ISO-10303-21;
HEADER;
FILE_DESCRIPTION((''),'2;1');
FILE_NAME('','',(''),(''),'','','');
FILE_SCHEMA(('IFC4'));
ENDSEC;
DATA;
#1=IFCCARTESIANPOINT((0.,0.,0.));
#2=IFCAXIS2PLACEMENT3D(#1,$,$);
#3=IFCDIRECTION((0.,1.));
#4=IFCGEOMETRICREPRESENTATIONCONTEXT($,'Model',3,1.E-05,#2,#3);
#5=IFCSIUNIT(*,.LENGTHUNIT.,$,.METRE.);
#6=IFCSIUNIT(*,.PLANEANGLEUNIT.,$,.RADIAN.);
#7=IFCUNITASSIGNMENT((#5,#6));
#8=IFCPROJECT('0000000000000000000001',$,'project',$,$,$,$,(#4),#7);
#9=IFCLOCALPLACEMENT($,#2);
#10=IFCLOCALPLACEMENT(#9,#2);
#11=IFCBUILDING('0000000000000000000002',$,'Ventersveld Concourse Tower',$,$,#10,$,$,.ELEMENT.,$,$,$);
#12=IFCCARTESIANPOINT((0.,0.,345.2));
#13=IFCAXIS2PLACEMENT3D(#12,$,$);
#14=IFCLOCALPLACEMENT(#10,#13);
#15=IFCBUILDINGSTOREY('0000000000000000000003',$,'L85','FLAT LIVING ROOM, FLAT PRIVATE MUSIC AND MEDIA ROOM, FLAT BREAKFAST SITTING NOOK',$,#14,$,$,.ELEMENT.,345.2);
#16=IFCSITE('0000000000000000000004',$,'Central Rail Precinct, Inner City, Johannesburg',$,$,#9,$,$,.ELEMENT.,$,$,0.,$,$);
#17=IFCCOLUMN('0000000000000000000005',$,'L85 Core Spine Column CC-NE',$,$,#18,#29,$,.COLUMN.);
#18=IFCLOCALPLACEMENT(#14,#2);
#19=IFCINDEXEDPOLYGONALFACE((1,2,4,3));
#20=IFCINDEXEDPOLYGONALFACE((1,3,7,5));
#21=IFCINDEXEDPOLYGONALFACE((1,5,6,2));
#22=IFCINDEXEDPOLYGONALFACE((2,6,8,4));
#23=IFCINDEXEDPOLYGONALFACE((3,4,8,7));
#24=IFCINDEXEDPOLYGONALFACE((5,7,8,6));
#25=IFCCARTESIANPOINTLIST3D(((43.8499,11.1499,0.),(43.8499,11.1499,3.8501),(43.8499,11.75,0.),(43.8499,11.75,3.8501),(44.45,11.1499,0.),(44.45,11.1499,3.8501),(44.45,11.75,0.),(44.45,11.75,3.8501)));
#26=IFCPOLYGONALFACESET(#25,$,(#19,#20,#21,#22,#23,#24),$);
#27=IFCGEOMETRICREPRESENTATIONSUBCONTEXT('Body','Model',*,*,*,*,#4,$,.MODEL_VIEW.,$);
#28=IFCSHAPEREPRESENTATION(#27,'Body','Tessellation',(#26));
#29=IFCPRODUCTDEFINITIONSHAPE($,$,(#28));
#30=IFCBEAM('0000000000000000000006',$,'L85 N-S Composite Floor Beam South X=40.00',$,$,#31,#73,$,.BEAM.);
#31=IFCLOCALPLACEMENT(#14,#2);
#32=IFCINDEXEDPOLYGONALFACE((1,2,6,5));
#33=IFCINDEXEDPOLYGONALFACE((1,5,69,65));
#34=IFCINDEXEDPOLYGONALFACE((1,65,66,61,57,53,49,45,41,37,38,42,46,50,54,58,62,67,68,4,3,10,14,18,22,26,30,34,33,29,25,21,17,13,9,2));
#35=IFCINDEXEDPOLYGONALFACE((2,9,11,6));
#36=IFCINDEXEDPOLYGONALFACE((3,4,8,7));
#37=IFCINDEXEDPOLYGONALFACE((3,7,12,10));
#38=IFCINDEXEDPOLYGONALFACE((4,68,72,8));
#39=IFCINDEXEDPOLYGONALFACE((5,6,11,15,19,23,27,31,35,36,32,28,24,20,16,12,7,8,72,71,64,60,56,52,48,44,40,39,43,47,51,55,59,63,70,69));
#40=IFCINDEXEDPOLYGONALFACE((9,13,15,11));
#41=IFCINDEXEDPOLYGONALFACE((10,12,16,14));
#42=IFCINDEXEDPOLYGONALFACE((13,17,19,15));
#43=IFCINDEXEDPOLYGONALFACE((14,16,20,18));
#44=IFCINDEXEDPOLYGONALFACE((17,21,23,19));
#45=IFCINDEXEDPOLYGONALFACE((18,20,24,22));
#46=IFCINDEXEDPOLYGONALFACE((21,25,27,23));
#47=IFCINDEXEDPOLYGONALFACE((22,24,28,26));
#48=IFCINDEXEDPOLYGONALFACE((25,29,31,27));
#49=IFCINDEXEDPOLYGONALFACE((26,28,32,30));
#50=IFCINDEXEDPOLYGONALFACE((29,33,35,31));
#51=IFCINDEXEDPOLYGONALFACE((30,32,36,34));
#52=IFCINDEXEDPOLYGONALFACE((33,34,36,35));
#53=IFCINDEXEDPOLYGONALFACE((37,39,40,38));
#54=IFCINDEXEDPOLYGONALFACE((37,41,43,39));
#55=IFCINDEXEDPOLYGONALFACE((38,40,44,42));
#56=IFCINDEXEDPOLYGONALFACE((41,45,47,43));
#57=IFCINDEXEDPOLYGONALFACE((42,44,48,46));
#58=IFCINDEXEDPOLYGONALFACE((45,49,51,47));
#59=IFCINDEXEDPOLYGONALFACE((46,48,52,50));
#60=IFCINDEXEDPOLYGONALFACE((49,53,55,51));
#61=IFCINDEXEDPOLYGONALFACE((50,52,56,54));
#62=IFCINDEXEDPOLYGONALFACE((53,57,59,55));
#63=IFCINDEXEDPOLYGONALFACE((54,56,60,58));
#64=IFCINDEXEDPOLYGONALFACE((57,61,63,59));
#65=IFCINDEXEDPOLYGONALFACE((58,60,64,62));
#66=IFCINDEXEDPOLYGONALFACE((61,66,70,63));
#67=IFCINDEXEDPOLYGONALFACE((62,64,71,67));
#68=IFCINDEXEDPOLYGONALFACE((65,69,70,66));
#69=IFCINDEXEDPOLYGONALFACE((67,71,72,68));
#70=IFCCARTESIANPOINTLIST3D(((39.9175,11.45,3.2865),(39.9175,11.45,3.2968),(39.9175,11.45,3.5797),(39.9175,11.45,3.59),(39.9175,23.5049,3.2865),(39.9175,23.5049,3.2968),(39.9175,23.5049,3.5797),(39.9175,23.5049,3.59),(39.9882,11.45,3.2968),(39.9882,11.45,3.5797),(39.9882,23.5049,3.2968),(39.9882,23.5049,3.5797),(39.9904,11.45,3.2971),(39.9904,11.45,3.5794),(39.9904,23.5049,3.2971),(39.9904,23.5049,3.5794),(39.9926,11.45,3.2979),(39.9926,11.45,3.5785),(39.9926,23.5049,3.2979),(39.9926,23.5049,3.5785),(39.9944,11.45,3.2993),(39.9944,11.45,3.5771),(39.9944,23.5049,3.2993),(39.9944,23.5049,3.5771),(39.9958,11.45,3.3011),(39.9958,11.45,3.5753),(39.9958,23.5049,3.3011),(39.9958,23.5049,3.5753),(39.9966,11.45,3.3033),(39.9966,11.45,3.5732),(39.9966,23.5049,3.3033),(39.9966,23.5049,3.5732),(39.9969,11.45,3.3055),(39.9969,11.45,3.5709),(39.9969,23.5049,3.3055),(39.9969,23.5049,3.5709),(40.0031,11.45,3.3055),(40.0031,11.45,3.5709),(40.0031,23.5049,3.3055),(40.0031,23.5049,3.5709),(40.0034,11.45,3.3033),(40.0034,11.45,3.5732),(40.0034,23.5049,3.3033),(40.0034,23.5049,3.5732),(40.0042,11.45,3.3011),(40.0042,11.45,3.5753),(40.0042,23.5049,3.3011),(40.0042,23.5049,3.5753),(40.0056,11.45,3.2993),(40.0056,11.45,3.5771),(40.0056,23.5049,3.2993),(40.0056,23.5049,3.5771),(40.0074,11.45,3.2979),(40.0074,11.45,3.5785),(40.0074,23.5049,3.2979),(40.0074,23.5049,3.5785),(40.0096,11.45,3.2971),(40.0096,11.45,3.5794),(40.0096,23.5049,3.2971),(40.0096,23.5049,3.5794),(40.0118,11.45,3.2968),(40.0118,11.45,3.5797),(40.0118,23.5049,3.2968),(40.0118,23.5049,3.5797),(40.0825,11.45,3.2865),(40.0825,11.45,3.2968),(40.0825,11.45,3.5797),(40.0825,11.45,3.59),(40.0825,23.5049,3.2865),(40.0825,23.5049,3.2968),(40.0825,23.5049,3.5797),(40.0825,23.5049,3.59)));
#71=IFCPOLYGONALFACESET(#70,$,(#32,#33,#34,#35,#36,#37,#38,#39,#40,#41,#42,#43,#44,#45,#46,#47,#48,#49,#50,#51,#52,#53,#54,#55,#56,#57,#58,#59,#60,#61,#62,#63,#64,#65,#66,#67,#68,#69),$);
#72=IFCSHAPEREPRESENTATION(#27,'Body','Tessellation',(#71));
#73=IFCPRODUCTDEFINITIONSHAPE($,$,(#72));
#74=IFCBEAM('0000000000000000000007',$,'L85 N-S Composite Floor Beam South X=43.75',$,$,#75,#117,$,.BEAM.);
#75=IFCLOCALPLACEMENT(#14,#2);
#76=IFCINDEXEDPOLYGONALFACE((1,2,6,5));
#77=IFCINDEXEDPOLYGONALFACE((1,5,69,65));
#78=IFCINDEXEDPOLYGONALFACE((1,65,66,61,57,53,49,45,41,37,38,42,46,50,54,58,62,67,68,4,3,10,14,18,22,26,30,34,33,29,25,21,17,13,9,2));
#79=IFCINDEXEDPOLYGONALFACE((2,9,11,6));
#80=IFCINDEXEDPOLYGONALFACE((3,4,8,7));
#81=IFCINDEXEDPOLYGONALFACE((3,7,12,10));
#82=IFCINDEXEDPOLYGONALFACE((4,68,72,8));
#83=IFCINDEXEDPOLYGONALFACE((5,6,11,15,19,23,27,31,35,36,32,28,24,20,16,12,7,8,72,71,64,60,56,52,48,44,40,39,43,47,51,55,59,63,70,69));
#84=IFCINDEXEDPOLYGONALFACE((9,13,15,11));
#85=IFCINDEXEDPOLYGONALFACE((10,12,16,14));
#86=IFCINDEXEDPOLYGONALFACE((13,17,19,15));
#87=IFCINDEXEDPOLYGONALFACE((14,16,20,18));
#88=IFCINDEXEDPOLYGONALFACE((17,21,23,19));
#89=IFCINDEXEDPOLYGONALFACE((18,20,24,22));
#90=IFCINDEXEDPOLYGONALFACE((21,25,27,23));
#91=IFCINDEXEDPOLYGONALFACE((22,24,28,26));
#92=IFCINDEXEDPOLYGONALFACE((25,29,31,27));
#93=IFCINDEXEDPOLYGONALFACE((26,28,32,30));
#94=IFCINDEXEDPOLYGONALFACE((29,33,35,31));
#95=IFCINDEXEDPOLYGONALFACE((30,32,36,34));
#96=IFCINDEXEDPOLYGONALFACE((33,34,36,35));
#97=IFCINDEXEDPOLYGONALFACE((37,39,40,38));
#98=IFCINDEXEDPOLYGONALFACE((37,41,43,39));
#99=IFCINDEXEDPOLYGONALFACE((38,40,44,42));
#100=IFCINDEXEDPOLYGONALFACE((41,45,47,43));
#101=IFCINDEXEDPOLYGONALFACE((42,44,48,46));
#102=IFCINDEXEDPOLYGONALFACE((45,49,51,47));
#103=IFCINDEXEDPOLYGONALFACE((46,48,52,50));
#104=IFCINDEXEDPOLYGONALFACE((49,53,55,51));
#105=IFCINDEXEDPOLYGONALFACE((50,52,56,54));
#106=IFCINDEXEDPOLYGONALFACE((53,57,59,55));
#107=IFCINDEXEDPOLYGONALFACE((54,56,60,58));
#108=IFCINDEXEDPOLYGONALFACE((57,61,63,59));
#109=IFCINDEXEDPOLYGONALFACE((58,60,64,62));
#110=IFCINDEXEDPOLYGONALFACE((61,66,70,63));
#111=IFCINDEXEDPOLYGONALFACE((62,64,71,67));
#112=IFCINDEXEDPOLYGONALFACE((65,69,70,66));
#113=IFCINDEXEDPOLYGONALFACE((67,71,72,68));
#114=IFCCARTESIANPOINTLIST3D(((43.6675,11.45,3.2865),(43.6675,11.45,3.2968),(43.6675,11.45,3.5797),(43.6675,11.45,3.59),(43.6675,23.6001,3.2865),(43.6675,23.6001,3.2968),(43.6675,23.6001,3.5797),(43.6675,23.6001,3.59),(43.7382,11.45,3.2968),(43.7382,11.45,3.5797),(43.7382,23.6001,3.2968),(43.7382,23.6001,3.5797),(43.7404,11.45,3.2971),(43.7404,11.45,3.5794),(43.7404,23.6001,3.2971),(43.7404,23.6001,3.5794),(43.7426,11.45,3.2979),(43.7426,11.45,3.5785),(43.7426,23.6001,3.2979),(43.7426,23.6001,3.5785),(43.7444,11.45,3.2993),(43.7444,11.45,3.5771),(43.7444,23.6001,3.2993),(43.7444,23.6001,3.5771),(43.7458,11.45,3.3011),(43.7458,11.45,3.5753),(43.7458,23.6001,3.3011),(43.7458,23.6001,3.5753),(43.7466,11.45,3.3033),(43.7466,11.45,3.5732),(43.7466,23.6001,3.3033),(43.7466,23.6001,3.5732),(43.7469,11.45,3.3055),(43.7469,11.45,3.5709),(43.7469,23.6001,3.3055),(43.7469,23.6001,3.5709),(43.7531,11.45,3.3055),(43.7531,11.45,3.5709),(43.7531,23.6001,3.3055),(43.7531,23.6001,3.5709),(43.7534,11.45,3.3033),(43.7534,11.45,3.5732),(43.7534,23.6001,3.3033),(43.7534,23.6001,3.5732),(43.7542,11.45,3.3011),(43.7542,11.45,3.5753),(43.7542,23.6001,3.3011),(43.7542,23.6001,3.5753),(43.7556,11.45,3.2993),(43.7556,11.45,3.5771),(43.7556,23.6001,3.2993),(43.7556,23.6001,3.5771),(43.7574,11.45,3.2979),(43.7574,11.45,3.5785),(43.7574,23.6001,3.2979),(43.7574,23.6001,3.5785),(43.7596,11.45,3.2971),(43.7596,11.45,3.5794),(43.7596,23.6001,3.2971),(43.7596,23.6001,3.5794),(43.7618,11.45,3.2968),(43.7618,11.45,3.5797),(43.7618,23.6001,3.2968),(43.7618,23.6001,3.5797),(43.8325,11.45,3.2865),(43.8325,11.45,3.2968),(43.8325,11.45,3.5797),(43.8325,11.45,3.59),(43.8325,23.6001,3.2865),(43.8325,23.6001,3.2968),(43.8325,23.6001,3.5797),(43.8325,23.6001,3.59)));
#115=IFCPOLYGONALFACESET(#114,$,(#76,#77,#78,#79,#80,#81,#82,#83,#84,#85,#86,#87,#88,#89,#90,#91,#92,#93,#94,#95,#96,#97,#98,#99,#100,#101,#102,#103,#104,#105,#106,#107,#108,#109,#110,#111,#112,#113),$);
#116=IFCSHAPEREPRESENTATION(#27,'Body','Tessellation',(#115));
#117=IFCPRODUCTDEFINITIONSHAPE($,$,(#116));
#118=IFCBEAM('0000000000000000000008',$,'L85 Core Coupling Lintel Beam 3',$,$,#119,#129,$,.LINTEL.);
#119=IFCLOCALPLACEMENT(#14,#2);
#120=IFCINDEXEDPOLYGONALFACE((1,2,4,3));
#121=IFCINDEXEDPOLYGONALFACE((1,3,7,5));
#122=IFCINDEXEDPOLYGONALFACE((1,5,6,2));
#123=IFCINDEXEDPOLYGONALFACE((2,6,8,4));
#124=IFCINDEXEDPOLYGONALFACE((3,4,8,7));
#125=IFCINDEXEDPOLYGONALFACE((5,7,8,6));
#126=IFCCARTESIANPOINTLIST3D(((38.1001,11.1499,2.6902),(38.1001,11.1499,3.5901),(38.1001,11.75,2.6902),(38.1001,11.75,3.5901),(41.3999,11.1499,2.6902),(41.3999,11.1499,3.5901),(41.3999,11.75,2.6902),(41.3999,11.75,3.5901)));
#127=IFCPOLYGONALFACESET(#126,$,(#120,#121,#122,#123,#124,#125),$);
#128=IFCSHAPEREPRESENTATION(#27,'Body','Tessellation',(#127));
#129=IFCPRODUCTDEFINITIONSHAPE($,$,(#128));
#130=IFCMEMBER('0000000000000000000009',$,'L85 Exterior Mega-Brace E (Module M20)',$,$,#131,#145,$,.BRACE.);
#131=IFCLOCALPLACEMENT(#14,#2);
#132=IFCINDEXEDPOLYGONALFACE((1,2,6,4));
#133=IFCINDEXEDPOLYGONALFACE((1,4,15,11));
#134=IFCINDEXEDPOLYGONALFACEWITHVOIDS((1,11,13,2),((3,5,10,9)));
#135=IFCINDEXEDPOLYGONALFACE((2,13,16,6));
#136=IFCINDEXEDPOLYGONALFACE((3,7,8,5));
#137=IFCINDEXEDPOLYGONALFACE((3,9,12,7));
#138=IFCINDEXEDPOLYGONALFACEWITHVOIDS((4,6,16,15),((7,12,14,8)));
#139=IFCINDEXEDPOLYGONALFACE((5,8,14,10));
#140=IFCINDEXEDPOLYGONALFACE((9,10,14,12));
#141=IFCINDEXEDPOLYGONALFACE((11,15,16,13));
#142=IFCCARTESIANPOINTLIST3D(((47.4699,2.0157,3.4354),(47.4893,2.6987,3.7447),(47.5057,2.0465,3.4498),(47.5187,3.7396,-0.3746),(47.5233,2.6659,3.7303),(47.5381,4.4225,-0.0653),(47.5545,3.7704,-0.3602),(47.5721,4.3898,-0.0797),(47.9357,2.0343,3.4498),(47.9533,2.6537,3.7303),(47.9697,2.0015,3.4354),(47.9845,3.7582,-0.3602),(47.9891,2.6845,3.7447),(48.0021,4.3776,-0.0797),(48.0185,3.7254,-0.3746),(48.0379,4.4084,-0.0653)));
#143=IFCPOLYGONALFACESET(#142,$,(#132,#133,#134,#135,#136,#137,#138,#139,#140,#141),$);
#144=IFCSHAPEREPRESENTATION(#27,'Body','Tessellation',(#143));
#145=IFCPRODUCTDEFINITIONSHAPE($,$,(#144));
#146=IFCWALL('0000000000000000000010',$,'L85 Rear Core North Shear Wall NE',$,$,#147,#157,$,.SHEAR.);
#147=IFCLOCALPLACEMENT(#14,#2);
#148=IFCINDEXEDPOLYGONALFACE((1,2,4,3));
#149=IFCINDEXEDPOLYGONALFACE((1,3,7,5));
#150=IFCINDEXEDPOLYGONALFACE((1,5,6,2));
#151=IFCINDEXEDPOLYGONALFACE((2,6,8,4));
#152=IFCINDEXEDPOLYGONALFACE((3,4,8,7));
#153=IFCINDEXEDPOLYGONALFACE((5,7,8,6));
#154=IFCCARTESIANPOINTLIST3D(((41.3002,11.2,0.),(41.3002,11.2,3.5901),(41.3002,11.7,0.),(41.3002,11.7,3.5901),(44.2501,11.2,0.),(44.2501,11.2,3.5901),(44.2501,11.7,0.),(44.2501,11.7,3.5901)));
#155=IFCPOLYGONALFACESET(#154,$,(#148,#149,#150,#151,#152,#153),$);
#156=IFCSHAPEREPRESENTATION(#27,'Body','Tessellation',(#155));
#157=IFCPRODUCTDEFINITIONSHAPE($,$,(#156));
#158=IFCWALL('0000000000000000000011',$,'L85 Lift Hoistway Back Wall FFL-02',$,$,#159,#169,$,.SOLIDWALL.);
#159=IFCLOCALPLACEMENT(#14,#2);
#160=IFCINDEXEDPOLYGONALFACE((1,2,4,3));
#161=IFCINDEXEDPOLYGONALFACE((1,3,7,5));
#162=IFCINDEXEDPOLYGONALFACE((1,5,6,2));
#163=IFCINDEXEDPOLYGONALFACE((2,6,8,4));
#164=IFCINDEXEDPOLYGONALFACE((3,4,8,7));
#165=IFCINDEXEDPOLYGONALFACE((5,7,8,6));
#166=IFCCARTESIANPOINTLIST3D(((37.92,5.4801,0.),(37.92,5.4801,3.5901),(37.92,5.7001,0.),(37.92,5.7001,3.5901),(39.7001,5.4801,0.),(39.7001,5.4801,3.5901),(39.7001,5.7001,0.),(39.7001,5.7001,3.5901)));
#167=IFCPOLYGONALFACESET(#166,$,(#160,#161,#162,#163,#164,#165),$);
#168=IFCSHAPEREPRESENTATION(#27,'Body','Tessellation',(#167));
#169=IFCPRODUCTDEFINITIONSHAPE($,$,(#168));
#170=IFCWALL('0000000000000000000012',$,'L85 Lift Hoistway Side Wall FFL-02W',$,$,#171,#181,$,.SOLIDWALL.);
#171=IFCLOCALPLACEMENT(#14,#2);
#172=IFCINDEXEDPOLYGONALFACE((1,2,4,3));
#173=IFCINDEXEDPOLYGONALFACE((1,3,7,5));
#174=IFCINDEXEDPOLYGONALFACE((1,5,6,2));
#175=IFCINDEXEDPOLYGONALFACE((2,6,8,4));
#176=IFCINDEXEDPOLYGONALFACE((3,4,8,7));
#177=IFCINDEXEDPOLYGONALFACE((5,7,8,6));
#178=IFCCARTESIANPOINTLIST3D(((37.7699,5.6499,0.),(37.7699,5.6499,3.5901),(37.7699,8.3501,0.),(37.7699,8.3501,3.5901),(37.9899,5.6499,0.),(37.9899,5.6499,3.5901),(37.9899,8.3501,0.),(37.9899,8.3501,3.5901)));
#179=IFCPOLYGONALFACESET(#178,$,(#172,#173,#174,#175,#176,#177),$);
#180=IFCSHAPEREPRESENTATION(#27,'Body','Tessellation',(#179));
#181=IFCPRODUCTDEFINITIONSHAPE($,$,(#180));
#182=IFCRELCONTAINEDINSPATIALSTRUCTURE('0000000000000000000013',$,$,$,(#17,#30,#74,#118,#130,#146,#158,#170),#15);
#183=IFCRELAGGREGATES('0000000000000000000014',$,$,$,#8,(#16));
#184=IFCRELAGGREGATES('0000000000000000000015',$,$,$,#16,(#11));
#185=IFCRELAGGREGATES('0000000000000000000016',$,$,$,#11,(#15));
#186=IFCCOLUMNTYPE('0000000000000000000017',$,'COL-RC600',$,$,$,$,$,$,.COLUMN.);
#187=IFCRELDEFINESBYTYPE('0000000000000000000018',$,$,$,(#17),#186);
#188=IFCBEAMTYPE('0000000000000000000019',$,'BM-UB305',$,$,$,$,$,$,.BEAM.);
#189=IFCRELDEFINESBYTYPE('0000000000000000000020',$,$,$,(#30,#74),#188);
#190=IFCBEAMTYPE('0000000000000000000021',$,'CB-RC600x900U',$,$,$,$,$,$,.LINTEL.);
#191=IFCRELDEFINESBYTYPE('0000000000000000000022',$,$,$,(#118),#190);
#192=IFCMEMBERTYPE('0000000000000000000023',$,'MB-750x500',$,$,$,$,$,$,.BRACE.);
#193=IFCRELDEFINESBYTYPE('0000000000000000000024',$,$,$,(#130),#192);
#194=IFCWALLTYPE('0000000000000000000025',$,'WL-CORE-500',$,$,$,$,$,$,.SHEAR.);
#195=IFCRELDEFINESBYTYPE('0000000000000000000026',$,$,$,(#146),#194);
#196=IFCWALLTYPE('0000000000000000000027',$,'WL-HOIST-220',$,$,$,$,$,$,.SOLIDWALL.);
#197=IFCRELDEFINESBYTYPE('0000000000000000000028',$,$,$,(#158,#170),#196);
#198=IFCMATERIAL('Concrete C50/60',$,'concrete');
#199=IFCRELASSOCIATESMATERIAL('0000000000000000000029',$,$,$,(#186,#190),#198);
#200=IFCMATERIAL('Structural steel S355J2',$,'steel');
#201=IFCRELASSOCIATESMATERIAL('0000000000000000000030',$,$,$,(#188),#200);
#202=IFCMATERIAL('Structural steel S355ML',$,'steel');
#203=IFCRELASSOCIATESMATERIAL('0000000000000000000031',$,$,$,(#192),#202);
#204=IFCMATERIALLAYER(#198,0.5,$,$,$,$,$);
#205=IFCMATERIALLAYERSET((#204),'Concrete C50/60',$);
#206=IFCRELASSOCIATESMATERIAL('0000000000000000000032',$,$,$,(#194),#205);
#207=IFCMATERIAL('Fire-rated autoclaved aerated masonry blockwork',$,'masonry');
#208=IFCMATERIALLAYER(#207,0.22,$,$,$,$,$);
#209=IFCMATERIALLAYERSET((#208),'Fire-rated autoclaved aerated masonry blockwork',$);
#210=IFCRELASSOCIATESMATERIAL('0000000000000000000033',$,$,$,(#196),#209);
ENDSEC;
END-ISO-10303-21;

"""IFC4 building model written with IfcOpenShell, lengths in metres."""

from ifc_helpers import new_model, si_unit, direction, frame, frame_2d, origin, origin_2d, place, context, subcontext, project, spatial, rectangle, hollow_rectangle, i_section, extrude, material, layer, layer_set, material_profile, profile_set, type_object, element, save


model = new_model("IFC4")

# Units and contexts
model_context = context("Model", 3, precision=1e-05, world=origin(), true_north=direction((0.0, 1.0)))
body_context = subcontext(model_context, "Body", "Model", "MODEL_VIEW")
ifc_project = project(units=[si_unit("LENGTHUNIT", "METRE"), si_unit("PLANEANGLEUNIT", "RADIAN")], contexts=[model_context])

# Site, building, storey
site_placement = place(None, origin())
site = spatial("IfcSite", under=ifc_project, at=site_placement, Name="Central Rail Precinct, Inner City, Johannesburg", CompositionType="ELEMENT", RefElevation=0.0)
building_placement = place(site_placement, origin())
building = spatial("IfcBuilding", under=site, at=building_placement, Name="Ventersveld Concourse Tower", CompositionType="ELEMENT")
storey_placement = place(building_placement, frame((0.0, 0.0, 345.2)))
storey = spatial("IfcBuildingStorey", under=building, at=storey_placement, Name="L85", Description="FLAT LIVING ROOM, FLAT PRIVATE MUSIC AND MEDIA ROOM, FLAT BREAKFAST SITTING NOOK", CompositionType="ELEMENT", Elevation=345.2)

# Column
ifc_material_1 = material(Name="Concrete C50/60", Category="concrete")
ifc_material_profile_1 = material_profile(ifc_material_1, rectangle(XDim=0.6001, YDim=0.6001, at=origin_2d()), Name="RC 600x600")
ifc_profile_set_1 = profile_set([ifc_material_profile_1], Name="Concrete C50/60")
column_type = type_object("IfcColumnType", Name="COL-RC600", PredefinedType="COLUMN", material=ifc_profile_set_1)
column_placement = place(storey_placement, frame((44.1499, 11.45, 0.0), z_axis=(0.0, 0.0, 1.0), x_axis=(1.0, 0.0, 0.0)))
element("IfcColumn", 1, at=column_placement, inside=storey, type_object=column_type, Name="L85 Core Spine Column CC-NE", PredefinedType="COLUMN", context=body_context, shape_type="SweptSolid", body=[
    extrude(rectangle(XDim=0.6001, YDim=0.6001, at=origin_2d()), origin(), (0.0, 0.0, 1.0), 3.8501),
])

# Beams
ifc_material_2 = material(Name="Structural steel S355J2", Category="steel")
ifc_material_profile_2 = material_profile(ifc_material_2, i_section(OverallWidth=0.165, OverallDepth=0.3035, WebThickness=0.0061, FlangeThickness=0.0103, FilletRadius=0.0088, at=origin_2d()), Name="UB 305x165x40")
ifc_profile_set_2 = profile_set([ifc_material_profile_2], Name="Structural steel S355J2")
beam_type_1 = type_object("IfcBeamType", Name="BM-UB305", PredefinedType="BEAM", material=ifc_profile_set_2)
beam_1_placement = place(storey_placement, frame((40.0, 11.45, 3.4382), z_axis=(0.0, 1.0, 0.0), x_axis=(-1.0, 0.0, 0.0)))
element("IfcBeam", 2, at=beam_1_placement, inside=storey, type_object=beam_type_1, Name="L85 N-S Composite Floor Beam South X=40.00", PredefinedType="BEAM", context=body_context, shape_type="SweptSolid", body=[
    extrude(i_section(OverallWidth=0.165, OverallDepth=0.3035, WebThickness=0.0061, FlangeThickness=0.0103, FilletRadius=0.0088, at=origin_2d()), origin(), (0.0, 0.0, 1.0), 12.0549),
])
beam_2_placement = place(storey_placement, frame((43.75, 11.45, 3.4382), z_axis=(0.0, 1.0, 0.0), x_axis=(-1.0, 0.0, 0.0)))
element("IfcBeam", 3, at=beam_2_placement, inside=storey, type_object=beam_type_1, Name="L85 N-S Composite Floor Beam South X=43.75", PredefinedType="BEAM", context=body_context, shape_type="SweptSolid", body=[
    extrude(i_section(OverallWidth=0.165, OverallDepth=0.3035, WebThickness=0.0061, FlangeThickness=0.0103, FilletRadius=0.0088, at=origin_2d()), origin(), (0.0, 0.0, 1.0), 12.1501),
])
ifc_material_profile_3 = material_profile(ifc_material_1, rectangle(XDim=0.6001, YDim=0.8999, at=origin_2d()), Name="RC 600x900")
ifc_profile_set_3 = profile_set([ifc_material_profile_3], Name="Concrete C50/60")
beam_type_2 = type_object("IfcBeamType", Name="CB-RC600x900U", PredefinedType="LINTEL", material=ifc_profile_set_3)
beam_3_placement = place(storey_placement, frame((38.1001, 11.45, 3.1401), z_axis=(1.0, 0.0, 0.0), x_axis=(0.0, 1.0, 0.0)))
element("IfcBeam", 4, at=beam_3_placement, inside=storey, type_object=beam_type_2, Name="L85 Core Coupling Lintel Beam 3", PredefinedType="LINTEL", context=body_context, shape_type="SweptSolid", body=[
    extrude(rectangle(XDim=0.6001, YDim=0.8999, at=origin_2d()), origin(), (0.0, 0.0, 1.0), 3.2998),
])

# Member
ifc_material_3 = material(Name="Structural steel S355ML", Category="steel")
ifc_material_profile_4 = material_profile(ifc_material_3, hollow_rectangle(XDim=0.5, YDim=0.75, WallThickness=0.0349, at=origin_2d()), Name="BOX 750x500x35")
ifc_profile_set_4 = profile_set([ifc_material_profile_4], Name="Structural steel S355ML")
member_type = type_object("IfcMemberType", Name="MB-750x500", PredefinedType="BRACE", material=ifc_profile_set_4)
member_placement = place(storey_placement, frame((47.7783, 4.074, -0.22), z_axis=(-0.011675, -0.412195, 0.911021), x_axis=(0.999599, -0.028313, 0.0)))
element("IfcMember", 5, at=member_placement, inside=storey, type_object=member_type, Name="L85 Exterior Mega-Brace E (Module M20)", PredefinedType="BRACE", context=body_context, shape_type="SweptSolid", body=[
    extrude(hollow_rectangle(XDim=0.5, YDim=0.75, WallThickness=0.0349, at=origin_2d()), origin(), (0.0, 0.0, 1.0), 4.1821),
])

# Wall
ifc_layer_1 = layer(ifc_material_1, 0.5)
ifc_layer_set_1 = layer_set([ifc_layer_1], Name="Concrete C50/60")
wall_type_1 = type_object("IfcWallType", Name="WL-CORE-500", PredefinedType="SHEAR", material=ifc_layer_set_1)
wall_1_placement = place(storey_placement, frame((41.3, 11.45, 0.0), z_axis=(0.0, 0.0, 1.0), x_axis=(1.0, 0.0, 0.0)))
element("IfcWall", 6, at=wall_1_placement, inside=storey, type_object=wall_type_1, Name="L85 Rear Core North Shear Wall NE", PredefinedType="SHEAR", context=body_context, shape_type="SweptSolid", body=[
    extrude(rectangle(XDim=2.95, YDim=0.5, at=frame_2d((1.4751, 0.0))), origin(), (0.0, 0.0, 1.0), 3.5901),
])

# Shared definitions
ifc_material_4 = material(Name="Fire-rated autoclaved aerated masonry blockwork", Category="masonry")

# Walls
ifc_layer_2 = layer(ifc_material_4, 0.22)
ifc_layer_set_2 = layer_set([ifc_layer_2], Name="Fire-rated autoclaved aerated masonry blockwork")
wall_type_2 = type_object("IfcWallType", Name="WL-HOIST-220", PredefinedType="SOLIDWALL", material=ifc_layer_set_2)
wall_2_placement = place(storey_placement, frame((37.9199, 5.5901, 0.0), z_axis=(0.0, 0.0, 1.0), x_axis=(1.0, 0.0, 0.0)))
element("IfcWall", 7, at=wall_2_placement, inside=storey, type_object=wall_type_2, Name="L85 Lift Hoistway Back Wall FFL-02", PredefinedType="SOLIDWALL", context=body_context, shape_type="SweptSolid", body=[
    extrude(rectangle(XDim=1.78, YDim=0.22, at=frame_2d((0.8901, 0.0))), origin(), (0.0, 0.0, 1.0), 3.5901),
])
wall_3_placement = place(storey_placement, frame((37.8799, 5.6499, 0.0), z_axis=(0.0, 0.0, 1.0), x_axis=(0.0, 1.0, 0.0)))
element("IfcWall", 8, at=wall_3_placement, inside=storey, type_object=wall_type_2, Name="L85 Lift Hoistway Side Wall FFL-02W", PredefinedType="SOLIDWALL", context=body_context, shape_type="SweptSolid", body=[
    extrude(rectangle(XDim=2.7002, YDim=0.22, at=frame_2d((1.3501, 0.0))), origin(), (0.0, 0.0, 1.0), 3.5901),
])

save(model, "model.ifc")
